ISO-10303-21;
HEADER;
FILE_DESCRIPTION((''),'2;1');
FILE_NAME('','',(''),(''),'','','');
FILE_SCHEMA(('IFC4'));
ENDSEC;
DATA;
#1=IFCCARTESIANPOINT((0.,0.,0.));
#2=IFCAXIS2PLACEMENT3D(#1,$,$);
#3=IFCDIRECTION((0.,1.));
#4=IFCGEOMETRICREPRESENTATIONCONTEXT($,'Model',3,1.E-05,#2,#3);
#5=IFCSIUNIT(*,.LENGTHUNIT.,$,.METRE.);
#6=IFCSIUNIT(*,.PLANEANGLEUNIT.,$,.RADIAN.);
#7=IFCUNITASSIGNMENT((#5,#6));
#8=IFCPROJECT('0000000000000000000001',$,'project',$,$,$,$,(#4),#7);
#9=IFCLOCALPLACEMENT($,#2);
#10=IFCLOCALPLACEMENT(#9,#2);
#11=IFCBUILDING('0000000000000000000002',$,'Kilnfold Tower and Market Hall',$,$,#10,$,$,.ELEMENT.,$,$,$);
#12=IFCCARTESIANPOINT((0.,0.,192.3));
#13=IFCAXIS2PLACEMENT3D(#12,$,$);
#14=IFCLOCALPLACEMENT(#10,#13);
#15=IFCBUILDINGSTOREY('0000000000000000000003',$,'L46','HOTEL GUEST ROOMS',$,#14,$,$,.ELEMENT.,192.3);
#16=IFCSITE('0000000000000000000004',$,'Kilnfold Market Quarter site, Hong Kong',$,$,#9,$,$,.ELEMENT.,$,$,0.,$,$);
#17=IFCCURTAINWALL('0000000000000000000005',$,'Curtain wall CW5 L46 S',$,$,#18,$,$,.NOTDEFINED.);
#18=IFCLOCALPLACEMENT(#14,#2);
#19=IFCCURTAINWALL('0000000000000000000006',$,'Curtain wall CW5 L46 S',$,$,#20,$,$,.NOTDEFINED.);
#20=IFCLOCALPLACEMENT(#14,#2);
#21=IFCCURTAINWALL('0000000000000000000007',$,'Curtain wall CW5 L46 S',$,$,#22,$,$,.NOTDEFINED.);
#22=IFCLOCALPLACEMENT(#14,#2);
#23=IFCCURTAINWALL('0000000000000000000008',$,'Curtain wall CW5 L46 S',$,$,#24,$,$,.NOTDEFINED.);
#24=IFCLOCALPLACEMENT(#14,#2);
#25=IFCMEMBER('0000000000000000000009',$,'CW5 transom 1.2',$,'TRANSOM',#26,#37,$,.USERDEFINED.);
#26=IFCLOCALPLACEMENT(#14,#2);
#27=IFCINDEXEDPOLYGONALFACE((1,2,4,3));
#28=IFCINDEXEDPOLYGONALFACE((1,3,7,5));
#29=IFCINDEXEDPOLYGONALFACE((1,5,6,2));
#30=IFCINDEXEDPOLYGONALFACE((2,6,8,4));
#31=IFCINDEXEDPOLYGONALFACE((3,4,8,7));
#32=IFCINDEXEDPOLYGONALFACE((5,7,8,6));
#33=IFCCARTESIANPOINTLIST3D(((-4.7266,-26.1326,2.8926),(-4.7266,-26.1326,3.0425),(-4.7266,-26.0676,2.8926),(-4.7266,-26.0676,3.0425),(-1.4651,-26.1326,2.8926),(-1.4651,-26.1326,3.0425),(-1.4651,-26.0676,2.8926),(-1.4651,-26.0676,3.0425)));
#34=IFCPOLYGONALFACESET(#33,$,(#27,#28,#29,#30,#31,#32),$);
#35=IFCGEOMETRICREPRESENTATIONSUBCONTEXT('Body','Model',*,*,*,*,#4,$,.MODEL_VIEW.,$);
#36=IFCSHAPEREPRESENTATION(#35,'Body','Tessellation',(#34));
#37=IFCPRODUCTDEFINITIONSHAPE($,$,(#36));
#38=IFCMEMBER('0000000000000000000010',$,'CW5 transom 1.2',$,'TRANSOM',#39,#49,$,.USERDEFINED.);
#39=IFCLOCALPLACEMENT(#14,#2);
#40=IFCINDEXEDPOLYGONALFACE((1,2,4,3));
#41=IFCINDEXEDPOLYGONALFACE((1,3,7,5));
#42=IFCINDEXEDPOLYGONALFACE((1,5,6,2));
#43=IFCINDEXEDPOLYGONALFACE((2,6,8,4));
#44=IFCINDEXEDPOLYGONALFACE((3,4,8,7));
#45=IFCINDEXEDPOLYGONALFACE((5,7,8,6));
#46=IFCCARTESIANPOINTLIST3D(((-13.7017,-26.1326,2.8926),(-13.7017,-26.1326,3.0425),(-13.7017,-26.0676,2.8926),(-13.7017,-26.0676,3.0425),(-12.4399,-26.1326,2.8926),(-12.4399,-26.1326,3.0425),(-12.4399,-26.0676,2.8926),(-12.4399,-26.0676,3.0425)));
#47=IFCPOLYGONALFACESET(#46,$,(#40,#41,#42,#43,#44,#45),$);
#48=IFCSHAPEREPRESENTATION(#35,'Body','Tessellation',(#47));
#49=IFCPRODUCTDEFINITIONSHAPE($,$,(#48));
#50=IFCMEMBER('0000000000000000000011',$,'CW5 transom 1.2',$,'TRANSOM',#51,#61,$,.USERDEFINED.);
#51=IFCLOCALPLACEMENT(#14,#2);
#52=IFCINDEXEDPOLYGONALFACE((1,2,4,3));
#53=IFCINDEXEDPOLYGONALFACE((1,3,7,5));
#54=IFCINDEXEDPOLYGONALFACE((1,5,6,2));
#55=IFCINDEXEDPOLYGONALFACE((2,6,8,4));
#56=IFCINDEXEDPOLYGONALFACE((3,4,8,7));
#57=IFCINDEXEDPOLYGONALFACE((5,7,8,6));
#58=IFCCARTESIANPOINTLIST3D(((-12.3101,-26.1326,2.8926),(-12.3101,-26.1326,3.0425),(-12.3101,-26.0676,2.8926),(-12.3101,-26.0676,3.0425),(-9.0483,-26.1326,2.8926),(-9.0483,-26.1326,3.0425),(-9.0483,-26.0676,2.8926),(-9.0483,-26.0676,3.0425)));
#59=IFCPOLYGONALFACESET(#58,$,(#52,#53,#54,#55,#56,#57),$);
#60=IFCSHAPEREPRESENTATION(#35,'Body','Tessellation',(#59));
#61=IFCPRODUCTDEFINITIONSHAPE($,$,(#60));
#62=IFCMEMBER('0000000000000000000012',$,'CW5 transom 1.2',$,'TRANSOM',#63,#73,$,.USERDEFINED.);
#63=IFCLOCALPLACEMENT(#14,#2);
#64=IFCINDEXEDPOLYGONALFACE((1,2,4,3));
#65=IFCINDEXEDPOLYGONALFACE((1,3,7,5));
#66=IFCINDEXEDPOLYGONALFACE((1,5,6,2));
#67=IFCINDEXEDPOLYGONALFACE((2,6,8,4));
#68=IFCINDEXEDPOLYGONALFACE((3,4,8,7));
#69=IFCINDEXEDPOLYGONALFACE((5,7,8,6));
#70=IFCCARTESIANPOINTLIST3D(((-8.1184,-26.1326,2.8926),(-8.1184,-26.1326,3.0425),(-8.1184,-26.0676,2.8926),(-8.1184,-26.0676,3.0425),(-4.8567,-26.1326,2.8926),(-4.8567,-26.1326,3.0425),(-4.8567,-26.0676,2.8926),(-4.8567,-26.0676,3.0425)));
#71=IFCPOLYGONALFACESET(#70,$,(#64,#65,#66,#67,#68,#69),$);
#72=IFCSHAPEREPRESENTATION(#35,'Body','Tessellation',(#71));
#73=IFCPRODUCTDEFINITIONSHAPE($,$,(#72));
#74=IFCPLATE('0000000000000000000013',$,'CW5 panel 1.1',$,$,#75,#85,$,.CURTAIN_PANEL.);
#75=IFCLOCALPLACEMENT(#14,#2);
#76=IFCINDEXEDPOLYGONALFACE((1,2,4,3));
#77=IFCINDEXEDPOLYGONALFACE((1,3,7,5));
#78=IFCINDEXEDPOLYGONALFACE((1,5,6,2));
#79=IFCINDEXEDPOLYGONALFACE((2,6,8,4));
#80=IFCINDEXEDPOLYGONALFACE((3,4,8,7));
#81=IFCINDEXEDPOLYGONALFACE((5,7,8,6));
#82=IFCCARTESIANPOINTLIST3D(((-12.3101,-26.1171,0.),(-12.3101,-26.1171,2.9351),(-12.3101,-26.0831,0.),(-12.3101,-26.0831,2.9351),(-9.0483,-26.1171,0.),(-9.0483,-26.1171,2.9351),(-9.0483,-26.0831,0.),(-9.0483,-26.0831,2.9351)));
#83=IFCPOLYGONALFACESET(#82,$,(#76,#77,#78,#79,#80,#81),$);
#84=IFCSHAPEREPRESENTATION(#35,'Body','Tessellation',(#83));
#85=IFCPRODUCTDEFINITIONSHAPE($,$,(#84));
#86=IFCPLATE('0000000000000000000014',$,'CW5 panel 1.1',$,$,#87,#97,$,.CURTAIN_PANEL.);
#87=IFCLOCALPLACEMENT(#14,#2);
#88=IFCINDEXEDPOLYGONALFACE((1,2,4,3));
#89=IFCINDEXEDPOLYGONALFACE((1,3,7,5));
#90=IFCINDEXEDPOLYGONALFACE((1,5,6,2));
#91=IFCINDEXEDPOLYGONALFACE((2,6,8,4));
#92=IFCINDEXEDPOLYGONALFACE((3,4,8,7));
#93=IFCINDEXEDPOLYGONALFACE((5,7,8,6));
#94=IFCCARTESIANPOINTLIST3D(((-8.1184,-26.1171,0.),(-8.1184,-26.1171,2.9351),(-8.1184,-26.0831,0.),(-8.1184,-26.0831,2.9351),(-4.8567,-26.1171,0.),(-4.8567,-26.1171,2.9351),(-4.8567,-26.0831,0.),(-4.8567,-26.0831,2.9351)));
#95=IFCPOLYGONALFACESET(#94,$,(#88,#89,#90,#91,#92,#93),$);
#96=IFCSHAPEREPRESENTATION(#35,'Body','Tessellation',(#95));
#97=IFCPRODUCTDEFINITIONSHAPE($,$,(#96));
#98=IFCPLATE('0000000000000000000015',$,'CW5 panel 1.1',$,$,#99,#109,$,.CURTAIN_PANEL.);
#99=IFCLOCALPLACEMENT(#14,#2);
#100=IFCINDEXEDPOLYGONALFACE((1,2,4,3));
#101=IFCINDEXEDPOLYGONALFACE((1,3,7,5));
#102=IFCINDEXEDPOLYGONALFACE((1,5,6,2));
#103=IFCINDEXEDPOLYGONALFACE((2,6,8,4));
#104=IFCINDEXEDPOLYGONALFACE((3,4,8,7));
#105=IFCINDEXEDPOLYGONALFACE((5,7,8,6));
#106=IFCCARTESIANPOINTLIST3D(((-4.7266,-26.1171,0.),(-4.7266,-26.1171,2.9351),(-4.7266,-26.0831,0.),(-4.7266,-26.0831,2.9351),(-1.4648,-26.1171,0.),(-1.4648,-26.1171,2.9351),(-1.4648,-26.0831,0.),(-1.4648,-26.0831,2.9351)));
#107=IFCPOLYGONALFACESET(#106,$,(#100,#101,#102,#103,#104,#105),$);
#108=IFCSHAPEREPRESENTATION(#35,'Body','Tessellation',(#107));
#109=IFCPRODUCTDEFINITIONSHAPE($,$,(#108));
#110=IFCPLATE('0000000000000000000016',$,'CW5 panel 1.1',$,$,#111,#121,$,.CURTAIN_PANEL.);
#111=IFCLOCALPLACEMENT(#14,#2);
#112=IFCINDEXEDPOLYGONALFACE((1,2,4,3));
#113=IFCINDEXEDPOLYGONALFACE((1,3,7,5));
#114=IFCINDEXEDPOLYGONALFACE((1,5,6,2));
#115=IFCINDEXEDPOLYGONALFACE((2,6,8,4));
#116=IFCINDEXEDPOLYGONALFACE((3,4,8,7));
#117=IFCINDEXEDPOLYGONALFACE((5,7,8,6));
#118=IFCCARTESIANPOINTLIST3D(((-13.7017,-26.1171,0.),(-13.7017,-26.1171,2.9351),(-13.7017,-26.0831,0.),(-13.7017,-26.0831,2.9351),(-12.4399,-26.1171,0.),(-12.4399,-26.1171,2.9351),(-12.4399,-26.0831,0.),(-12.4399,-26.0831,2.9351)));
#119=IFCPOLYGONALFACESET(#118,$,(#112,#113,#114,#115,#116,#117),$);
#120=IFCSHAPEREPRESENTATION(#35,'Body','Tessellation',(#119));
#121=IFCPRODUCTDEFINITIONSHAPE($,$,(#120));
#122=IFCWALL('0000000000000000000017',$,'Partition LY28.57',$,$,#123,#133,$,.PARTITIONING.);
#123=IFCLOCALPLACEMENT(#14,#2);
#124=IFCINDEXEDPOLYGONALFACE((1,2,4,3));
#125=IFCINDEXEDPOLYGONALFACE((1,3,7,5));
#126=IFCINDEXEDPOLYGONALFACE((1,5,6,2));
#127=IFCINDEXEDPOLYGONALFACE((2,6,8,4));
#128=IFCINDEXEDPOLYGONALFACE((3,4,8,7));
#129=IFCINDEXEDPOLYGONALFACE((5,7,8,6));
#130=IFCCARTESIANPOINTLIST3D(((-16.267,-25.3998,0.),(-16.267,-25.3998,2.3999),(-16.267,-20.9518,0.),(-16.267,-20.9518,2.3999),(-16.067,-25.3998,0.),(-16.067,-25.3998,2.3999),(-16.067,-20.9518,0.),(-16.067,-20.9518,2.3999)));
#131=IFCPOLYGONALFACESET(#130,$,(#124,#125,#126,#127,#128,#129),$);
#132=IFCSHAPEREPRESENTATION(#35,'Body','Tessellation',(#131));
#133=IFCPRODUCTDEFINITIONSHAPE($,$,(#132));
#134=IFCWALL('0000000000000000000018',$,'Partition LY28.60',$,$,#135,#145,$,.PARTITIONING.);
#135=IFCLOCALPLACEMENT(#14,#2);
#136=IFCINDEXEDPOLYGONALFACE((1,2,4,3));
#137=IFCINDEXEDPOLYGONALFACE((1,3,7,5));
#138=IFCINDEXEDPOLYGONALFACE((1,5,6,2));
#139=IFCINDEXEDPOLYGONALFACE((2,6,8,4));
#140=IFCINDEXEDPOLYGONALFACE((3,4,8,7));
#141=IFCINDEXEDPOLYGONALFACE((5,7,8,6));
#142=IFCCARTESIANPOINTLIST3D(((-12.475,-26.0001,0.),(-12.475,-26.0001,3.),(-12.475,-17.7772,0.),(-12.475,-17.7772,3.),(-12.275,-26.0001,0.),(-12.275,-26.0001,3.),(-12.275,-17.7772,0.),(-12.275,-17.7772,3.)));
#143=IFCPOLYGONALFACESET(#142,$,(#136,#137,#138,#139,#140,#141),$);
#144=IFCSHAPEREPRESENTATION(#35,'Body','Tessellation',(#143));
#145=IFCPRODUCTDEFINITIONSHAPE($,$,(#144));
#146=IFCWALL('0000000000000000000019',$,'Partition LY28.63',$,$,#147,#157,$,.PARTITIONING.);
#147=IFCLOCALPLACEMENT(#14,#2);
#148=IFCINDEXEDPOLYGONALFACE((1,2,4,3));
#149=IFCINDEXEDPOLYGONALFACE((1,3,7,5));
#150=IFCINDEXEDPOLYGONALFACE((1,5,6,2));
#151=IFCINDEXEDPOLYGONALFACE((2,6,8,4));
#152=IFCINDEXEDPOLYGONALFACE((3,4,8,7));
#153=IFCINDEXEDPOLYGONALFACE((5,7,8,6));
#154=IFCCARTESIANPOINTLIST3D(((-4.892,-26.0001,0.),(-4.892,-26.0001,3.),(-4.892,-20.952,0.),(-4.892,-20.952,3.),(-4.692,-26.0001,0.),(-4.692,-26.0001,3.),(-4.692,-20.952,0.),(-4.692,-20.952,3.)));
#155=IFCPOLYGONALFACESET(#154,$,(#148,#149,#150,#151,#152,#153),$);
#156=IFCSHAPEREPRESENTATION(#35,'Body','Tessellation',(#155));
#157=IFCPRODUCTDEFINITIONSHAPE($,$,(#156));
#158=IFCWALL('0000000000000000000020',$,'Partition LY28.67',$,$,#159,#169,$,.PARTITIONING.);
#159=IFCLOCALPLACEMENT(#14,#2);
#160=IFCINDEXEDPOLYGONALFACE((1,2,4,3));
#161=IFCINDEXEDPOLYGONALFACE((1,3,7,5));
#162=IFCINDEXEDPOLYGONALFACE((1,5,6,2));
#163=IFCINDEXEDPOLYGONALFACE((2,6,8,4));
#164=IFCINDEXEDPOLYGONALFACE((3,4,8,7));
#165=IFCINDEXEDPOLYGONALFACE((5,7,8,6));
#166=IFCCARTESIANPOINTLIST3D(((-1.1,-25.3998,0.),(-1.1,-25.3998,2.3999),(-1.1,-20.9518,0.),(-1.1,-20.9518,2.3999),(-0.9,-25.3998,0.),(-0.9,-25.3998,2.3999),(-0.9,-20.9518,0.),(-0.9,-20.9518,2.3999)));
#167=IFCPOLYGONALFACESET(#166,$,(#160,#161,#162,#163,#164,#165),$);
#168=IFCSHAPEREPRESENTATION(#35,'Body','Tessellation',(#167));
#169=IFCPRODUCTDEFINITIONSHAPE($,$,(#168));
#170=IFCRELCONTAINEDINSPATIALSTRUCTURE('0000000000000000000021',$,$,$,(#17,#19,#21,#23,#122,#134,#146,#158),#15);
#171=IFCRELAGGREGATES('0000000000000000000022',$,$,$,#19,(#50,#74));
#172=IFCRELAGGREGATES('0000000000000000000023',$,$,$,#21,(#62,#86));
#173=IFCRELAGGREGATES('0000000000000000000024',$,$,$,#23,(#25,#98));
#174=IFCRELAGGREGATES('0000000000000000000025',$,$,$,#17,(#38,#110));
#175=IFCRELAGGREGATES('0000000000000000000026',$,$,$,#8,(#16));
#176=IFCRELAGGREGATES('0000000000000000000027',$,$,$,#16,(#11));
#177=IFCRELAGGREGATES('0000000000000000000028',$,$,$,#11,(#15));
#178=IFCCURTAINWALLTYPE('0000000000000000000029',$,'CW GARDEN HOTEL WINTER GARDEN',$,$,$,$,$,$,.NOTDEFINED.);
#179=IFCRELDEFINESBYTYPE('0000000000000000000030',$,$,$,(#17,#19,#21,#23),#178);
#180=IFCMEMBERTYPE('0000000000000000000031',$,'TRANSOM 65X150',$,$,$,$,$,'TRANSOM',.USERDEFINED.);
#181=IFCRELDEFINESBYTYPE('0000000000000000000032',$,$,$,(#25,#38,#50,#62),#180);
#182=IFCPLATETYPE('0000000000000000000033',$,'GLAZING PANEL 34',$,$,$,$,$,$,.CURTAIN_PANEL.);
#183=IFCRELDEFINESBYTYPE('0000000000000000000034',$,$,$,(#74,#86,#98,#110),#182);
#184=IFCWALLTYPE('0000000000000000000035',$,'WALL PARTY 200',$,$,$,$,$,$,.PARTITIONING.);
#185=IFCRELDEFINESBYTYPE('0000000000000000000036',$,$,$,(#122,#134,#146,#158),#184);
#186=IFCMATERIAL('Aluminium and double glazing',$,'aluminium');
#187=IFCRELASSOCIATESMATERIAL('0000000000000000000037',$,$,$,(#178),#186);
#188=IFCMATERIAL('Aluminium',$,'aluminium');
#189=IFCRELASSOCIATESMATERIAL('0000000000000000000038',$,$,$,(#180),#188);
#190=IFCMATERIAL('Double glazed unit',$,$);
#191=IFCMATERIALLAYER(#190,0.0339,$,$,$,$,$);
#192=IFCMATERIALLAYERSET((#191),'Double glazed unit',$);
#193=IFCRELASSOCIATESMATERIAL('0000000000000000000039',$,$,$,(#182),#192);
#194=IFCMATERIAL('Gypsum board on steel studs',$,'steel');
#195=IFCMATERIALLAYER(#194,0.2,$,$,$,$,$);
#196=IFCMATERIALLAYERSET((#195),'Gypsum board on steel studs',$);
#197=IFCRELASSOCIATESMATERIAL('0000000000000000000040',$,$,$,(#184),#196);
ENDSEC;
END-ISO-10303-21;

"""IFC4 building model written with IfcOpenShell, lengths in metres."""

from ifc_helpers import new_model, si_unit, direction, frame, frame_2d, origin, origin_2d, place, context, subcontext, project, spatial, rectangle, extrude, source, transform, mapped, material, layer, layer_set, material_profile, profile_set, type_object, element, aggregate, save


model = new_model("IFC4")

# Units and contexts
model_context = context("Model", 3, precision=1e-05, world=origin(), true_north=direction((0.0, 1.0)))
body_context = subcontext(model_context, "Body", "Model", "MODEL_VIEW")
ifc_project = project(units=[si_unit("LENGTHUNIT", "METRE"), si_unit("PLANEANGLEUNIT", "RADIAN")], contexts=[model_context])

# Site, building, storey
site_placement = place(None, origin())
site = spatial("IfcSite", under=ifc_project, at=site_placement, Name="Kilnfold Market Quarter site, Hong Kong", CompositionType="ELEMENT", RefElevation=0.0)
building_placement = place(site_placement, origin())
building = spatial("IfcBuilding", under=site, at=building_placement, Name="Kilnfold Tower and Market Hall", CompositionType="ELEMENT")
storey_placement = place(building_placement, frame((0.0, 0.0, 192.3)))
storey = spatial("IfcBuildingStorey", under=building, at=storey_placement, Name="L46", Description="HOTEL GUEST ROOMS", CompositionType="ELEMENT", Elevation=192.3)

# Curtain walls, member
ifc_material_1 = material(Name="Aluminium and double glazing", Category="aluminium")
curtain_wall_type = type_object("IfcCurtainWallType", Name="CW GARDEN HOTEL WINTER GARDEN", PredefinedType="NOTDEFINED", material=ifc_material_1)
curtain_wall_1_placement = place(storey_placement, origin())
curtain_wall_1 = element("IfcCurtainWall", 1, at=curtain_wall_1_placement, inside=storey, type_object=curtain_wall_type, Name="Curtain wall CW5 L46 S", PredefinedType="NOTDEFINED")
curtain_wall_2_placement = place(storey_placement, origin())
curtain_wall_2 = element("IfcCurtainWall", 2, at=curtain_wall_2_placement, inside=storey, type_object=curtain_wall_type, Name="Curtain wall CW5 L46 S", PredefinedType="NOTDEFINED")
curtain_wall_3_placement = place(storey_placement, origin())
curtain_wall_3 = element("IfcCurtainWall", 3, at=curtain_wall_3_placement, inside=storey, type_object=curtain_wall_type, Name="Curtain wall CW5 L46 S", PredefinedType="NOTDEFINED")
curtain_wall_4_placement = place(storey_placement, origin())
curtain_wall_4 = element("IfcCurtainWall", 4, at=curtain_wall_4_placement, inside=storey, type_object=curtain_wall_type, Name="Curtain wall CW5 L46 S", PredefinedType="NOTDEFINED")
ifc_material_2 = material(Name="Aluminium", Category="aluminium")
ifc_material_profile_1 = material_profile(ifc_material_2, rectangle(XDim=0.0649, YDim=0.1499, at=origin_2d()), Name="TRANSOM 65x150")
ifc_profile_set_1 = profile_set([ifc_material_profile_1], Name="Aluminium")
member_type_1 = type_object("IfcMemberType", Name="TRANSOM 65X150", ElementType="TRANSOM", PredefinedType="USERDEFINED", material=ifc_profile_set_1)
shared_shape_1 = source(origin(), body_context, "Body", "SweptSolid", [
    extrude(rectangle(XDim=0.0649, YDim=0.1499, at=origin_2d()), origin(), (0.0, 0.0, 1.0), 3.2615),
])
member_1_placement = place(storey_placement, frame((-4.7266, -26.1001, 2.9675), z_axis=(1.0, 0.0, 0.0), x_axis=(0.0, 1.0, 0.0)))
member_1 = element("IfcMember", 5, at=member_1_placement, type_object=member_type_1, Name="CW5 transom 1.2", ObjectType="TRANSOM", PredefinedType="USERDEFINED", context=body_context, shape_type="MappedRepresentation", body=[
    mapped(shared_shape_1, transform((0.0, 0.0, 0.0))),
])

# Members
shared_shape_2 = source(origin(), body_context, "Body", "SweptSolid", [
    extrude(rectangle(XDim=0.0649, YDim=0.1499, at=origin_2d()), origin(), (0.0, 0.0, 1.0), 1.2617),
])
member_2_placement = place(storey_placement, frame((-13.7017, -26.1001, 2.9675), z_axis=(1.0, 0.0, 0.0), x_axis=(0.0, 1.0, 0.0)))
member_2 = element("IfcMember", 6, at=member_2_placement, type_object=member_type_1, Name="CW5 transom 1.2", ObjectType="TRANSOM", PredefinedType="USERDEFINED", context=body_context, shape_type="MappedRepresentation", body=[
    mapped(shared_shape_2, transform((0.0, 0.0, 0.0))),
])
shared_shape_3 = source(origin(), body_context, "Body", "SweptSolid", [
    extrude(rectangle(XDim=0.0649, YDim=0.1499, at=origin_2d()), origin(), (0.0, 0.0, 1.0), 3.2617),
])
member_3_placement = place(storey_placement, frame((-12.3101, -26.1001, 2.9675), z_axis=(1.0, 0.0, 0.0), x_axis=(0.0, 1.0, 0.0)))
member_3 = element("IfcMember", 7, at=member_3_placement, type_object=member_type_1, Name="CW5 transom 1.2", ObjectType="TRANSOM", PredefinedType="USERDEFINED", context=body_context, shape_type="MappedRepresentation", body=[
    mapped(shared_shape_3, transform((0.0, 0.0, 0.0))),
])
member_4_placement = place(storey_placement, frame((-8.1184, -26.1001, 2.9675), z_axis=(1.0, 0.0, 0.0), x_axis=(0.0, 1.0, 0.0)))
member_4 = element("IfcMember", 8, at=member_4_placement, type_object=member_type_1, Name="CW5 transom 1.2", ObjectType="TRANSOM", PredefinedType="USERDEFINED", context=body_context, shape_type="MappedRepresentation", body=[
    mapped(shared_shape_3, transform((0.0, 0.0, 0.0))),
])

# Plates
ifc_material_3 = material(Name="Double glazed unit")
ifc_layer_1 = layer(ifc_material_3, 0.0339)
ifc_layer_set_1 = layer_set([ifc_layer_1], Name="Double glazed unit")
plate_type = type_object("IfcPlateType", Name="GLAZING PANEL 34", PredefinedType="CURTAIN_PANEL", material=ifc_layer_set_1)
shared_shape_4 = source(origin(), body_context, "Body", "SweptSolid", [
    extrude(rectangle(XDim=3.2617, YDim=0.0339, at=origin_2d()), origin(), (0.0, 0.0, 1.0), 2.9351),
])
plate_1_placement = place(storey_placement, frame((-10.6792, -26.1001, 0.0), z_axis=(0.0, 0.0, 1.0), x_axis=(1.0, 0.0, 0.0)))
plate_1 = element("IfcPlate", 9, at=plate_1_placement, type_object=plate_type, Name="CW5 panel 1.1", PredefinedType="CURTAIN_PANEL", context=body_context, shape_type="MappedRepresentation", body=[
    mapped(shared_shape_4, transform((0.0, 0.0, 0.0))),
])
aggregate(curtain_wall_2, [member_3, plate_1])
plate_2_placement = place(storey_placement, frame((-6.4875, -26.1001, 0.0), z_axis=(0.0, 0.0, 1.0), x_axis=(1.0, 0.0, 0.0)))
plate_2 = element("IfcPlate", 10, at=plate_2_placement, type_object=plate_type, Name="CW5 panel 1.1", PredefinedType="CURTAIN_PANEL", context=body_context, shape_type="MappedRepresentation", body=[
    mapped(shared_shape_4, transform((0.0, 0.0, 0.0))),
])
aggregate(curtain_wall_3, [member_4, plate_2])
plate_3_placement = place(storey_placement, frame((-3.0957, -26.1001, 0.0), z_axis=(0.0, 0.0, 1.0), x_axis=(1.0, 0.0, 0.0)))
plate_3 = element("IfcPlate", 11, at=plate_3_placement, type_object=plate_type, Name="CW5 panel 1.1", PredefinedType="CURTAIN_PANEL", context=body_context, shape_type="MappedRepresentation", body=[
    mapped(shared_shape_4, transform((0.0, 0.0, 0.0))),
])
aggregate(curtain_wall_4, [member_1, plate_3])
shared_shape_5 = source(origin(), body_context, "Body", "SweptSolid", [
    extrude(rectangle(XDim=1.2617, YDim=0.0339, at=origin_2d()), origin(), (0.0, 0.0, 1.0), 2.9351),
])
plate_4_placement = place(storey_placement, frame((-13.0708, -26.1001, 0.0), z_axis=(0.0, 0.0, 1.0), x_axis=(1.0, 0.0, 0.0)))
plate_4 = element("IfcPlate", 12, at=plate_4_placement, type_object=plate_type, Name="CW5 panel 1.1", PredefinedType="CURTAIN_PANEL", context=body_context, shape_type="MappedRepresentation", body=[
    mapped(shared_shape_5, transform((0.0, 0.0, 0.0))),
])
aggregate(curtain_wall_1, [member_2, plate_4])

# Walls
ifc_material_4 = material(Name="Gypsum board on steel studs", Category="steel")
ifc_layer_2 = layer(ifc_material_4, 0.2)
ifc_layer_set_2 = layer_set([ifc_layer_2], Name="Gypsum board on steel studs")
wall_type_1 = type_object("IfcWallType", Name="WALL PARTY 200", PredefinedType="PARTITIONING", material=ifc_layer_set_2)
wall_1_placement = place(storey_placement, frame((-16.167, -25.3999, 0.0), z_axis=(0.0, 0.0, 1.0), x_axis=(0.0, 1.0, 0.0)))
element("IfcWall", 13, at=wall_1_placement, inside=storey, type_object=wall_type_1, Name="Partition LY28.57", PredefinedType="PARTITIONING", context=body_context, shape_type="SweptSolid", body=[
    extrude(rectangle(XDim=4.448, YDim=0.2, at=frame_2d((2.2241, 0.0))), origin(), (0.0, 0.0, 1.0), 2.3999),
])
wall_2_placement = place(storey_placement, frame((-12.375, -26.0, 0.0), z_axis=(0.0, 0.0, 1.0), x_axis=(0.0, 1.0, 0.0)))
element("IfcWall", 14, at=wall_2_placement, inside=storey, type_object=wall_type_1, Name="Partition LY28.60", PredefinedType="PARTITIONING", context=body_context, shape_type="SweptSolid", body=[
    extrude(rectangle(XDim=8.2229, YDim=0.2, at=frame_2d((4.1113, 0.0))), origin(), (0.0, 0.0, 1.0), 3.0),
])
wall_3_placement = place(storey_placement, frame((-4.792, -26.0, 0.0), z_axis=(0.0, 0.0, 1.0), x_axis=(0.0, 1.0, 0.0)))
element("IfcWall", 15, at=wall_3_placement, inside=storey, type_object=wall_type_1, Name="Partition LY28.63", PredefinedType="PARTITIONING", context=body_context, shape_type="SweptSolid", body=[
    extrude(rectangle(XDim=5.0481, YDim=0.2, at=frame_2d((2.5239, 0.0))), origin(), (0.0, 0.0, 1.0), 3.0),
])
wall_4_placement = place(storey_placement, frame((-1.0, -25.3999, 0.0), z_axis=(0.0, 0.0, 1.0), x_axis=(0.0, 1.0, 0.0)))
element("IfcWall", 16, at=wall_4_placement, inside=storey, type_object=wall_type_1, Name="Partition LY28.67", PredefinedType="PARTITIONING", context=body_context, shape_type="SweptSolid", body=[
    extrude(rectangle(XDim=4.448, YDim=0.2, at=frame_2d((2.2241, 0.0))), origin(), (0.0, 0.0, 1.0), 2.3999),
])

save(model, "model.ifc")
